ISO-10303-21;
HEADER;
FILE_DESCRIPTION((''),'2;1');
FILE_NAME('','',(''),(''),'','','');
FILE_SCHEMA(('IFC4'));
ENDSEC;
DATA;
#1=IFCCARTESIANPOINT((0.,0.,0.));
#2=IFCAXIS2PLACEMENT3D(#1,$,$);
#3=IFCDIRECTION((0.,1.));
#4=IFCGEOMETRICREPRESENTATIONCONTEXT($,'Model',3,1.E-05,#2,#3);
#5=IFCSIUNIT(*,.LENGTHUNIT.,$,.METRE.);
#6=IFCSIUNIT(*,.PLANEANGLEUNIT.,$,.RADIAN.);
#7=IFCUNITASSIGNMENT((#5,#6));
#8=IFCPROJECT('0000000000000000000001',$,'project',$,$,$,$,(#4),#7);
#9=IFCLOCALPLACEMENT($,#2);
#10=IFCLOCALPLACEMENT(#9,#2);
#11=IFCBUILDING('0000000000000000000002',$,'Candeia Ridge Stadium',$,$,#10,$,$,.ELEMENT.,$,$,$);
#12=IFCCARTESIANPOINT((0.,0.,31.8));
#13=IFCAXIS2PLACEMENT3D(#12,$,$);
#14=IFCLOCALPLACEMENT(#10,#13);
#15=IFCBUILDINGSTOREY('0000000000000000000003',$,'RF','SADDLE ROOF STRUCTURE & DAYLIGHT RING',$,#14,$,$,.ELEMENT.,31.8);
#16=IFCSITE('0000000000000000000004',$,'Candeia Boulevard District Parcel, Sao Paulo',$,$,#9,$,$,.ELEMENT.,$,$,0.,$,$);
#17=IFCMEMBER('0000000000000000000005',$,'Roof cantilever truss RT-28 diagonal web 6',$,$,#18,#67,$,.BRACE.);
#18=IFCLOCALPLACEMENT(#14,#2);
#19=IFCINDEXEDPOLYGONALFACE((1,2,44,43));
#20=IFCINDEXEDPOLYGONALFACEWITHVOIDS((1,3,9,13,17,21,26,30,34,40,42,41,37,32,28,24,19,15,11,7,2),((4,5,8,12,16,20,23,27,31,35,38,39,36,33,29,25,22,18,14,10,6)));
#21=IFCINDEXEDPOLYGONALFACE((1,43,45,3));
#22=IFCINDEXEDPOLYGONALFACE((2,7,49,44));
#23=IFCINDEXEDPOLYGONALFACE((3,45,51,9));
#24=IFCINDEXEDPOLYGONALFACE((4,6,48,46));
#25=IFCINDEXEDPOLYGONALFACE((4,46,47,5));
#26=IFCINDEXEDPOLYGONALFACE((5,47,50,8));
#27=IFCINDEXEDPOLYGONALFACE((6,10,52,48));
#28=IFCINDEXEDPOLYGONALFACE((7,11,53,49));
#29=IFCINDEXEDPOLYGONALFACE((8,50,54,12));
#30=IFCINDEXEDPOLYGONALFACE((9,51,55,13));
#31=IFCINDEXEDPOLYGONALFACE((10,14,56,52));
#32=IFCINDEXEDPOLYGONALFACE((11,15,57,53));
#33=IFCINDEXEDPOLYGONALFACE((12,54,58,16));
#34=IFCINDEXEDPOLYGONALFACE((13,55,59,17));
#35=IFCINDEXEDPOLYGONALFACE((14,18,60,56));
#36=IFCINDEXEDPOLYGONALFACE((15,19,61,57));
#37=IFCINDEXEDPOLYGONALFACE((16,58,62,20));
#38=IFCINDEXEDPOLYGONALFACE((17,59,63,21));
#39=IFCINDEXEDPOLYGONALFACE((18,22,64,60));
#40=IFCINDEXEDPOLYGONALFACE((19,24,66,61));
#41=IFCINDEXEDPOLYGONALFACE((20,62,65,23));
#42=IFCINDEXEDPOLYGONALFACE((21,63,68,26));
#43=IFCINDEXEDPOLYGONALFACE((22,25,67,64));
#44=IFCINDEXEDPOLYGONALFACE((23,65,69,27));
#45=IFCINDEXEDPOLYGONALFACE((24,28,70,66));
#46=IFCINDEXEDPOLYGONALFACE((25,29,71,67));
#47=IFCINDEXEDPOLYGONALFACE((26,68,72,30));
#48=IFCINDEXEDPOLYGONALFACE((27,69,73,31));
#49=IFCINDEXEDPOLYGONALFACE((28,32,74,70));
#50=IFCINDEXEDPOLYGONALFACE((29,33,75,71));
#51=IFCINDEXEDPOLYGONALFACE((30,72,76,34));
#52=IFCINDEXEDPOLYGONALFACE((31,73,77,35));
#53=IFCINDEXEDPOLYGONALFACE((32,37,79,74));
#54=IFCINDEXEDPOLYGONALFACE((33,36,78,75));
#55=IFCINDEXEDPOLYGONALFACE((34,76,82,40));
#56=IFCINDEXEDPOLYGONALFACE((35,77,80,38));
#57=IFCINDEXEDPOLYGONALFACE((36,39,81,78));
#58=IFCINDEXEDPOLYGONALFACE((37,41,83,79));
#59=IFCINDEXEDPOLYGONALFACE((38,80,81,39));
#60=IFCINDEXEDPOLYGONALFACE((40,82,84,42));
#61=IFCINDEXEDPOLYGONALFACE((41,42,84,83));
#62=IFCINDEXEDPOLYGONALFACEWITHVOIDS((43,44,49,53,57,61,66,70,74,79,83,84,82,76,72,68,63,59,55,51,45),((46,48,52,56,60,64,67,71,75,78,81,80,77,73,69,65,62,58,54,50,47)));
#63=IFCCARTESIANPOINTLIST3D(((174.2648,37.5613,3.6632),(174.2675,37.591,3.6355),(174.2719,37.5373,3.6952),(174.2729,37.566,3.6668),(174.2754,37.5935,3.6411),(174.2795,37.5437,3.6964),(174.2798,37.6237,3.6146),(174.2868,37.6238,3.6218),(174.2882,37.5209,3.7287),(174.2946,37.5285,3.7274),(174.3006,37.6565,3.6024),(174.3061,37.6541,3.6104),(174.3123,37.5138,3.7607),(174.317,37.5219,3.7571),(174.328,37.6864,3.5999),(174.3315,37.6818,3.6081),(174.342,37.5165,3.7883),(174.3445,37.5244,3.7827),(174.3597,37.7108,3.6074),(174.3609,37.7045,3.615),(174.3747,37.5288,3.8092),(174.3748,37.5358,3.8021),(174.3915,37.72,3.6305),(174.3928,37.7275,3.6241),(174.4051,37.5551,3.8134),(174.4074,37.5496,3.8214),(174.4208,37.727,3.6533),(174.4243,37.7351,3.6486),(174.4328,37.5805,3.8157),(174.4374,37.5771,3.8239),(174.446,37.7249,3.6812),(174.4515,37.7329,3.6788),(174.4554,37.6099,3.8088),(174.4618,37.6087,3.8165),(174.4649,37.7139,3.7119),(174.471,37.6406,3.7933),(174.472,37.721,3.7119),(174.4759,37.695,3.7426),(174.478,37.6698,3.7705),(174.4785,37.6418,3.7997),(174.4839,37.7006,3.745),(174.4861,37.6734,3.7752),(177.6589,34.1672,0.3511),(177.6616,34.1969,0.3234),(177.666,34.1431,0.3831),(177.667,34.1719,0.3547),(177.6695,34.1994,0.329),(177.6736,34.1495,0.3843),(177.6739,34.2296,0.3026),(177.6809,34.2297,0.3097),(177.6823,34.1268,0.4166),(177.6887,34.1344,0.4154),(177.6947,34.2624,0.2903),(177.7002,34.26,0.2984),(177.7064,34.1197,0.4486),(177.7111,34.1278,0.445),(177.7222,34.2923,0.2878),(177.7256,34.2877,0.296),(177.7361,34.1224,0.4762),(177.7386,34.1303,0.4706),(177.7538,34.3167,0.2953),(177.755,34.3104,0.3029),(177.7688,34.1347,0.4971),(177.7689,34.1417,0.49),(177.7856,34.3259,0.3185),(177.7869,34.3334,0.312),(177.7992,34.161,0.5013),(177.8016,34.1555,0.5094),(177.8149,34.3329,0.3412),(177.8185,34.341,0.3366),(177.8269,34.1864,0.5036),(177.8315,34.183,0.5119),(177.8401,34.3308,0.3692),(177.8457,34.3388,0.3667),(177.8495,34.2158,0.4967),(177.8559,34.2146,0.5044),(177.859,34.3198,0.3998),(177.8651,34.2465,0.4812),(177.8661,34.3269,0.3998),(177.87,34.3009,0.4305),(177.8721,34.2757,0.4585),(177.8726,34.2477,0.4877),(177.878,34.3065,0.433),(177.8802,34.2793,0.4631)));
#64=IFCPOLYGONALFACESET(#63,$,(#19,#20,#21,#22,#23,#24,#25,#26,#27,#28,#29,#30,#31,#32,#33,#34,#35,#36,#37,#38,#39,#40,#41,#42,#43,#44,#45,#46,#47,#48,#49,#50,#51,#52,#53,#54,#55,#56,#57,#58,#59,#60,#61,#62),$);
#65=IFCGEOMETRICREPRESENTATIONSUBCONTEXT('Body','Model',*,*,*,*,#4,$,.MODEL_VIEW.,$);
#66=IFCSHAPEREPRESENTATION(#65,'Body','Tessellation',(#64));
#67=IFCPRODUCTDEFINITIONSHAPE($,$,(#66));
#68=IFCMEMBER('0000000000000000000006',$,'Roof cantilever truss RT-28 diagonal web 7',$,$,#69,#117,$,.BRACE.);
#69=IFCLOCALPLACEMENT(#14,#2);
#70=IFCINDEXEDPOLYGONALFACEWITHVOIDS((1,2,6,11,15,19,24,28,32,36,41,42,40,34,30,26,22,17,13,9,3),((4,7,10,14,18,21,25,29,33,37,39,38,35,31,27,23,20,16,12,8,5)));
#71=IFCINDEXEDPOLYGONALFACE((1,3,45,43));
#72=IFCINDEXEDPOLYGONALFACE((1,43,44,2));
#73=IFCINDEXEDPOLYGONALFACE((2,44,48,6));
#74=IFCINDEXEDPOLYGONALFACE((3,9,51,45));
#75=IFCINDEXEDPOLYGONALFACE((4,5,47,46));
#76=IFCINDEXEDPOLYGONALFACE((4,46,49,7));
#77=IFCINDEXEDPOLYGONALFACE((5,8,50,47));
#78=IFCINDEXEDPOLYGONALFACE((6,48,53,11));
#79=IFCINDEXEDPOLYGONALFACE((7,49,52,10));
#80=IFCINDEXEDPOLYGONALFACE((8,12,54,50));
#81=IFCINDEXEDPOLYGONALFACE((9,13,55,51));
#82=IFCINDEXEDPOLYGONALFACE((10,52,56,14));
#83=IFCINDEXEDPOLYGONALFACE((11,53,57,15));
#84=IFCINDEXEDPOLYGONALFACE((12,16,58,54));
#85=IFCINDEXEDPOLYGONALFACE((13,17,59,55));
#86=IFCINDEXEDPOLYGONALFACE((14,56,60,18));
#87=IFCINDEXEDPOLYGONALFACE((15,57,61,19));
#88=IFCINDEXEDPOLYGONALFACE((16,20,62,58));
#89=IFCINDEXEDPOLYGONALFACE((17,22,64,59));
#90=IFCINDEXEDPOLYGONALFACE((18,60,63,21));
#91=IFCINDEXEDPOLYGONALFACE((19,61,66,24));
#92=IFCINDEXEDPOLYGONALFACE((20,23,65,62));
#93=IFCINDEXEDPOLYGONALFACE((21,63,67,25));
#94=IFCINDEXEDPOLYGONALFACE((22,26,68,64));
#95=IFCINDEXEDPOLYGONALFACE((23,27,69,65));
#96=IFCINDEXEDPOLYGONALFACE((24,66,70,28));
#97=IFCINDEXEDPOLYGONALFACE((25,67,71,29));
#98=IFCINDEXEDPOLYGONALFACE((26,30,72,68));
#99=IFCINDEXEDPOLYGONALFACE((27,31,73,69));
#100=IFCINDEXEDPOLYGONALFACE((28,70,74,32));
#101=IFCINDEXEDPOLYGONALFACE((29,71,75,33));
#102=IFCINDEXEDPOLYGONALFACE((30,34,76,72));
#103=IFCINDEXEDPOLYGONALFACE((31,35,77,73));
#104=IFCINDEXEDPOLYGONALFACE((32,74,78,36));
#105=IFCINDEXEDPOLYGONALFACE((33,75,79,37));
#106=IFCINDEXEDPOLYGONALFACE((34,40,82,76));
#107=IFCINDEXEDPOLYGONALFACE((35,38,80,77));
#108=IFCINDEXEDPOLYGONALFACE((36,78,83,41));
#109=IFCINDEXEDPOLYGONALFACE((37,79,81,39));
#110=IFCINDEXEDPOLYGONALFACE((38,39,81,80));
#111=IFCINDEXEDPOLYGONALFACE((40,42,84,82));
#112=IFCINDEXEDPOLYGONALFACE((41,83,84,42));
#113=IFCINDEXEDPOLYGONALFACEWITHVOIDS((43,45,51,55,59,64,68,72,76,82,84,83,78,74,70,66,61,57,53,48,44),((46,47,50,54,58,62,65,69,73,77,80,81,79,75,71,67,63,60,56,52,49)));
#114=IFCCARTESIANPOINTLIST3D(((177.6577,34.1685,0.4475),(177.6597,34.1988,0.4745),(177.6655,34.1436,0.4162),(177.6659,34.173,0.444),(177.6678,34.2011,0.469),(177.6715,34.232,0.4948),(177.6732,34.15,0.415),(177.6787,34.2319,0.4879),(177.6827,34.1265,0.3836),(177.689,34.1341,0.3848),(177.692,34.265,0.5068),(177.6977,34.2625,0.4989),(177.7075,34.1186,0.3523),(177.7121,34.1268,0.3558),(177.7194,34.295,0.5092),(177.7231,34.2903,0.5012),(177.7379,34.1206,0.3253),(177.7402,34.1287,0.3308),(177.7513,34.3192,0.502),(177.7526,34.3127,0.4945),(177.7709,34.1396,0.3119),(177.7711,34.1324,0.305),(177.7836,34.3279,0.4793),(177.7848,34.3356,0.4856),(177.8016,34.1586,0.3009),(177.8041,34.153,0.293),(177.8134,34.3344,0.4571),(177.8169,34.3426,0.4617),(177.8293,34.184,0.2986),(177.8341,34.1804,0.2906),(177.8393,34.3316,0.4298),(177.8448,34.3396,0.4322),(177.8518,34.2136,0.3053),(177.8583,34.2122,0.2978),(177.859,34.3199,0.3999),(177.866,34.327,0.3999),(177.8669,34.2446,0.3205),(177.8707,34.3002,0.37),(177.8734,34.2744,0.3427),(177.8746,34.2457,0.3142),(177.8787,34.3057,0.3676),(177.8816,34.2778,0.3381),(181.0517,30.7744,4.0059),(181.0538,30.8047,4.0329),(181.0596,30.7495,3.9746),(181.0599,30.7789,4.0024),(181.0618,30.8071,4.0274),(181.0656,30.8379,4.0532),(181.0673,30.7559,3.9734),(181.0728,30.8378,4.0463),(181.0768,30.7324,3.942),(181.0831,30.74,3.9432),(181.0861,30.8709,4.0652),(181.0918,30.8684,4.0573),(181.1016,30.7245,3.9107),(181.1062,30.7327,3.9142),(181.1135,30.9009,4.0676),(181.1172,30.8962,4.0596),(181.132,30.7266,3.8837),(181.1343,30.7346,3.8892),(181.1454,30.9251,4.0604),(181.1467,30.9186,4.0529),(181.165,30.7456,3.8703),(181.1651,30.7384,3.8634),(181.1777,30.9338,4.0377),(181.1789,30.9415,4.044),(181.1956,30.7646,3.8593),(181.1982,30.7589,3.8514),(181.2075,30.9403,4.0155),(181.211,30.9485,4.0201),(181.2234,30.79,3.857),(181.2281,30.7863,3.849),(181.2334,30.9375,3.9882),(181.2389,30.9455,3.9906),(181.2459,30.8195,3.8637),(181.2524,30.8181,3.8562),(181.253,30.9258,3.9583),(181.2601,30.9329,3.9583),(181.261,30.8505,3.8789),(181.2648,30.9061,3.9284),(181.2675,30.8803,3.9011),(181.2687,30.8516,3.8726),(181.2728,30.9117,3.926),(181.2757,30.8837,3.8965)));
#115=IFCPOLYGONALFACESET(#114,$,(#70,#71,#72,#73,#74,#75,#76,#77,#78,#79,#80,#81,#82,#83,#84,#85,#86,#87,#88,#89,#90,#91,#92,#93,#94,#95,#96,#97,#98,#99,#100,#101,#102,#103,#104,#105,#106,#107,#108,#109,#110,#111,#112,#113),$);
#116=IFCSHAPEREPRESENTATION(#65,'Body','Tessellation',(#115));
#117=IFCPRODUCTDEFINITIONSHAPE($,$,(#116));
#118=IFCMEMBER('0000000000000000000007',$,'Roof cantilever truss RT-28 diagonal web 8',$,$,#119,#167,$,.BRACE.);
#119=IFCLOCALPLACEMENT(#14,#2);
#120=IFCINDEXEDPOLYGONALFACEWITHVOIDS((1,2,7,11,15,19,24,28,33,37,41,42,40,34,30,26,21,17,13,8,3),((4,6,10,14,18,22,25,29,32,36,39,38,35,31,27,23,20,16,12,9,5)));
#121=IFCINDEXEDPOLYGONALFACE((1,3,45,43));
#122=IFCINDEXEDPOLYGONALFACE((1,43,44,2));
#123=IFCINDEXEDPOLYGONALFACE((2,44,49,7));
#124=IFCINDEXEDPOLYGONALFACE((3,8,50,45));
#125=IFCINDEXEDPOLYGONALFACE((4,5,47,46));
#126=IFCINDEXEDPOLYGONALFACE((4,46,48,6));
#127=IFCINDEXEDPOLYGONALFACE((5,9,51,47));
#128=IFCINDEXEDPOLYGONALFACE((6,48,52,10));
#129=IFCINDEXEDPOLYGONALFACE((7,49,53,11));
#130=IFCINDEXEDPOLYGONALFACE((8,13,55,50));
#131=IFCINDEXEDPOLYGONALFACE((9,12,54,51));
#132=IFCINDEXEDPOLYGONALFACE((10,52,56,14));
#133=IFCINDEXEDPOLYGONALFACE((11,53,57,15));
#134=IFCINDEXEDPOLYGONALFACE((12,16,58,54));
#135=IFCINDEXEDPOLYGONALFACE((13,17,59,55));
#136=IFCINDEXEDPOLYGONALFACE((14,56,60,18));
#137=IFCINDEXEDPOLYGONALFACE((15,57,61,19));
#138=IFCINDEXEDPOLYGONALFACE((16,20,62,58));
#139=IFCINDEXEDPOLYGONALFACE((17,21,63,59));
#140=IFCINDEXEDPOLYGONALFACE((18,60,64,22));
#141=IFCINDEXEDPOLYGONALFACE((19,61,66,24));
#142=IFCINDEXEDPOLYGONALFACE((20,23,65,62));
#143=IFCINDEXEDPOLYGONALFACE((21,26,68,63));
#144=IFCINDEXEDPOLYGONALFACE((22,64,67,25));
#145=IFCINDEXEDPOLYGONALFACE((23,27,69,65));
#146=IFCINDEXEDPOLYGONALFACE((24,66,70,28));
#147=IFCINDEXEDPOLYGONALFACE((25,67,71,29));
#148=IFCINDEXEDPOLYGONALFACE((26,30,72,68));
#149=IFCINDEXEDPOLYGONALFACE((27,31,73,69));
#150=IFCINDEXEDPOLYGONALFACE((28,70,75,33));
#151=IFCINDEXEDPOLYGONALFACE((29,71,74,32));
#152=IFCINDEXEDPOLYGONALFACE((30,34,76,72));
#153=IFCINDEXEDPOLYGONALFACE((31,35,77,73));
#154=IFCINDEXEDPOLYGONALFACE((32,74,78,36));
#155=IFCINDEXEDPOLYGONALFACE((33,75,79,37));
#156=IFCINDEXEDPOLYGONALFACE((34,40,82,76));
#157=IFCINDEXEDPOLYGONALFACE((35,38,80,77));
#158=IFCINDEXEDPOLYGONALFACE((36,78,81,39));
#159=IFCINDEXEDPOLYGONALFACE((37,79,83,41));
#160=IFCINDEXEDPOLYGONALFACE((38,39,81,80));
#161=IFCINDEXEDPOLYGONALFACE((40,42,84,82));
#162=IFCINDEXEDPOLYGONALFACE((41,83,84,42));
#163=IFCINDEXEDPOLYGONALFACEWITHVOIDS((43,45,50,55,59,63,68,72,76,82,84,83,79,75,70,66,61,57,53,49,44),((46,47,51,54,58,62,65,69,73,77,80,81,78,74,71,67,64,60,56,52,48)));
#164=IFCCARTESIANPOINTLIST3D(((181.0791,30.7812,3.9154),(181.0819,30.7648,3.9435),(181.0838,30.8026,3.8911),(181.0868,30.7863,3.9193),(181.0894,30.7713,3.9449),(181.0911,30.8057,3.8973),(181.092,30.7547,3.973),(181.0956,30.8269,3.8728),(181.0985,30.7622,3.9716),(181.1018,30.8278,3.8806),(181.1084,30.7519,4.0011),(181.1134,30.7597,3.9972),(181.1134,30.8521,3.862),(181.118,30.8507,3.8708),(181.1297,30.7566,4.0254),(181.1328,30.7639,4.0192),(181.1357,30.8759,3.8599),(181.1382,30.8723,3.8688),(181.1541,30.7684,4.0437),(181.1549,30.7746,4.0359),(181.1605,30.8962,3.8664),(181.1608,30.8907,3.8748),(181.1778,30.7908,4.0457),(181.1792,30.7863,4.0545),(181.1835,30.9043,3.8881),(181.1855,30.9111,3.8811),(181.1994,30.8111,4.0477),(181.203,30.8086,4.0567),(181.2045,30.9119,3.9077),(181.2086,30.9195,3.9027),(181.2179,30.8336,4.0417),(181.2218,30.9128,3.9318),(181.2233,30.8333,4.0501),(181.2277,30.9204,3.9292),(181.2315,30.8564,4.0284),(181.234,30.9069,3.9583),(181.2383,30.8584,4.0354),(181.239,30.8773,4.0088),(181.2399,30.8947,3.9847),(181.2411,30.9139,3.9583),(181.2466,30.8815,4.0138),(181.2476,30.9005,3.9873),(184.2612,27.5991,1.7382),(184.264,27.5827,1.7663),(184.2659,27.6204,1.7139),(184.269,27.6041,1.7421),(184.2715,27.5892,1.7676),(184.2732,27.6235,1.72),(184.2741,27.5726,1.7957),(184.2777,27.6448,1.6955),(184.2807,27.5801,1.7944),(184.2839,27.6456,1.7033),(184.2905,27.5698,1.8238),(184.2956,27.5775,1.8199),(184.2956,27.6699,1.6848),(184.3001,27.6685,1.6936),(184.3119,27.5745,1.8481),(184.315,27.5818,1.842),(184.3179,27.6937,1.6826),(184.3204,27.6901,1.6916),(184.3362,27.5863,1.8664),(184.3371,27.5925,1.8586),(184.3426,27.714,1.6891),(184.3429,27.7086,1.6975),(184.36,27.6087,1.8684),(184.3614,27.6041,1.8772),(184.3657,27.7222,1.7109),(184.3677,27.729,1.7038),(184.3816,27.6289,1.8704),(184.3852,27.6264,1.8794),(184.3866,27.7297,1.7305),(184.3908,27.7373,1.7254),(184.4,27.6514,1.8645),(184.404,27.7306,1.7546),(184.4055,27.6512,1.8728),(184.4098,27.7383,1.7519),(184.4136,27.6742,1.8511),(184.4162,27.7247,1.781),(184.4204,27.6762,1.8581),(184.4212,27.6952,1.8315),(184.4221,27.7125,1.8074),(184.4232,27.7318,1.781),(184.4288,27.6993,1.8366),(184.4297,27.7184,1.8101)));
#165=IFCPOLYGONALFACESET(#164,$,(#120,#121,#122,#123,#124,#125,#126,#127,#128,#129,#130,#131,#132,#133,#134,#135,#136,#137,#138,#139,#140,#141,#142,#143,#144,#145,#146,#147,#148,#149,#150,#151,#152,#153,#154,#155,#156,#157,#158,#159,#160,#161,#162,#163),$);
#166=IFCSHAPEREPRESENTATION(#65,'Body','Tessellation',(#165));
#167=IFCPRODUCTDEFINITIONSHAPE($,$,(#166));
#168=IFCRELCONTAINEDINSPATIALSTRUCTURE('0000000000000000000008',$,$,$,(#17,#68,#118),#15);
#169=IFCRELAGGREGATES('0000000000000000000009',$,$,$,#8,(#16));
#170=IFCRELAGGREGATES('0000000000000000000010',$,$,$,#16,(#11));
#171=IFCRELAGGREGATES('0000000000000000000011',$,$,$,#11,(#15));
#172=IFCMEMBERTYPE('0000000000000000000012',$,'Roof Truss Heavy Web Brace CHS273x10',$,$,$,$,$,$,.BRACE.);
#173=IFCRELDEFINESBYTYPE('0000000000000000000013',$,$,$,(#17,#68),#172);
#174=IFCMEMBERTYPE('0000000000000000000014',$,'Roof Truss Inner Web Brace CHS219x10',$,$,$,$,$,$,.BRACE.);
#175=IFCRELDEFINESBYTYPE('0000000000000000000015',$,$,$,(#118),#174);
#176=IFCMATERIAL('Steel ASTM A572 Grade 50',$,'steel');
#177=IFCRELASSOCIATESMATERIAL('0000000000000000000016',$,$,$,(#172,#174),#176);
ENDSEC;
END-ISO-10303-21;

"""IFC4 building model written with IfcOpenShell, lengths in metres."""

from ifc_helpers import new_model, si_unit, direction, frame, origin, origin_2d, place, context, subcontext, project, spatial, hollow_circle, extrude, material, material_profile, profile_set, type_object, element, save


model = new_model("IFC4")

# Units and contexts
model_context = context("Model", 3, precision=1e-05, world=origin(), true_north=direction((0.0, 1.0)))
body_context = subcontext(model_context, "Body", "Model", "MODEL_VIEW")
ifc_project = project(units=[si_unit("LENGTHUNIT", "METRE"), si_unit("PLANEANGLEUNIT", "RADIAN")], contexts=[model_context])

# Site, building, storey
site_placement = place(None, origin())
site = spatial("IfcSite", under=ifc_project, at=site_placement, Name="Candeia Boulevard District Parcel, Sao Paulo", CompositionType="ELEMENT", RefElevation=0.0)
building_placement = place(site_placement, origin())
building = spatial("IfcBuilding", under=site, at=building_placement, Name="Candeia Ridge Stadium", CompositionType="ELEMENT")
storey_placement = place(building_placement, frame((0.0, 0.0, 31.8)))
storey = spatial("IfcBuildingStorey", under=building, at=storey_placement, Name="RF", Description="SADDLE ROOF STRUCTURE & DAYLIGHT RING", CompositionType="ELEMENT", Elevation=31.8)

# Shared definitions
ifc_material_1 = material(Name="Steel ASTM A572 Grade 50", Category="steel")

# Members
ifc_material_profile_1 = material_profile(ifc_material_1, hollow_circle(Radius=0.1365, WallThickness=0.01, at=origin_2d()), Name="CHS273x10", Category="steel")
ifc_profile_set_1 = profile_set([ifc_material_profile_1], Name="Steel ASTM A572 Grade 50")
member_type_1 = type_object("IfcMemberType", Name="Roof Truss Heavy Web Brace CHS273x10", PredefinedType="BRACE", material=ifc_profile_set_1)
member_1_placement = place(storey_placement, frame((174.3755, 37.6245, 3.7119), z_axis=(0.582001, -0.582001, -0.567935), x_axis=(0.707107, 0.707107, 0.0)))
element("IfcMember", 1, at=member_1_placement, inside=storey, type_object=member_type_1, Name="Roof cantilever truss RT-28 diagonal web 6", PredefinedType="BRACE", context=body_context, shape_type="SweptSolid", body=[
    extrude(hollow_circle(Radius=0.1365, WallThickness=0.01, at=origin_2d()), origin(), (0.0, 0.0, 1.0), 5.8318),
])
member_2_placement = place(storey_placement, frame((177.7695, 34.2305, 0.3999), z_axis=(0.568038, -0.568038, 0.595537), x_axis=(0.707107, 0.707107, 0.0)))
element("IfcMember", 2, at=member_2_placement, inside=storey, type_object=member_type_1, Name="Roof cantilever truss RT-28 diagonal web 7", PredefinedType="BRACE", context=body_context, shape_type="SweptSolid", body=[
    extrude(hollow_circle(Radius=0.1365, WallThickness=0.01, at=origin_2d()), origin(), (0.0, 0.0, 1.0), 5.9751),
])
ifc_material_profile_2 = material_profile(ifc_material_1, hollow_circle(Radius=0.1096, WallThickness=0.01, at=origin_2d()), Name="CHS219x10", Category="steel")
ifc_profile_set_2 = profile_set([ifc_material_profile_2], Name="Steel ASTM A572 Grade 50")
member_type_2 = type_object("IfcMemberType", Name="Roof Truss Inner Web Brace CHS219x10", PredefinedType="BRACE", material=ifc_profile_set_2)
member_3_placement = place(storey_placement, frame((181.1636, 30.8364, 3.9583), z_axis=(0.636524, -0.636524, -0.435516), x_axis=(0.707107, 0.707107, 0.0)))
element("IfcMember", 3, at=member_3_placement, inside=storey, type_object=member_type_2, Name="Roof cantilever truss RT-28 diagonal web 8", PredefinedType="BRACE", context=body_context, shape_type="SweptSolid", body=[
    extrude(hollow_circle(Radius=0.1096, WallThickness=0.01, at=origin_2d()), origin(), (0.0, 0.0, 1.0), 4.9993),
])

save(model, "model.ifc")
